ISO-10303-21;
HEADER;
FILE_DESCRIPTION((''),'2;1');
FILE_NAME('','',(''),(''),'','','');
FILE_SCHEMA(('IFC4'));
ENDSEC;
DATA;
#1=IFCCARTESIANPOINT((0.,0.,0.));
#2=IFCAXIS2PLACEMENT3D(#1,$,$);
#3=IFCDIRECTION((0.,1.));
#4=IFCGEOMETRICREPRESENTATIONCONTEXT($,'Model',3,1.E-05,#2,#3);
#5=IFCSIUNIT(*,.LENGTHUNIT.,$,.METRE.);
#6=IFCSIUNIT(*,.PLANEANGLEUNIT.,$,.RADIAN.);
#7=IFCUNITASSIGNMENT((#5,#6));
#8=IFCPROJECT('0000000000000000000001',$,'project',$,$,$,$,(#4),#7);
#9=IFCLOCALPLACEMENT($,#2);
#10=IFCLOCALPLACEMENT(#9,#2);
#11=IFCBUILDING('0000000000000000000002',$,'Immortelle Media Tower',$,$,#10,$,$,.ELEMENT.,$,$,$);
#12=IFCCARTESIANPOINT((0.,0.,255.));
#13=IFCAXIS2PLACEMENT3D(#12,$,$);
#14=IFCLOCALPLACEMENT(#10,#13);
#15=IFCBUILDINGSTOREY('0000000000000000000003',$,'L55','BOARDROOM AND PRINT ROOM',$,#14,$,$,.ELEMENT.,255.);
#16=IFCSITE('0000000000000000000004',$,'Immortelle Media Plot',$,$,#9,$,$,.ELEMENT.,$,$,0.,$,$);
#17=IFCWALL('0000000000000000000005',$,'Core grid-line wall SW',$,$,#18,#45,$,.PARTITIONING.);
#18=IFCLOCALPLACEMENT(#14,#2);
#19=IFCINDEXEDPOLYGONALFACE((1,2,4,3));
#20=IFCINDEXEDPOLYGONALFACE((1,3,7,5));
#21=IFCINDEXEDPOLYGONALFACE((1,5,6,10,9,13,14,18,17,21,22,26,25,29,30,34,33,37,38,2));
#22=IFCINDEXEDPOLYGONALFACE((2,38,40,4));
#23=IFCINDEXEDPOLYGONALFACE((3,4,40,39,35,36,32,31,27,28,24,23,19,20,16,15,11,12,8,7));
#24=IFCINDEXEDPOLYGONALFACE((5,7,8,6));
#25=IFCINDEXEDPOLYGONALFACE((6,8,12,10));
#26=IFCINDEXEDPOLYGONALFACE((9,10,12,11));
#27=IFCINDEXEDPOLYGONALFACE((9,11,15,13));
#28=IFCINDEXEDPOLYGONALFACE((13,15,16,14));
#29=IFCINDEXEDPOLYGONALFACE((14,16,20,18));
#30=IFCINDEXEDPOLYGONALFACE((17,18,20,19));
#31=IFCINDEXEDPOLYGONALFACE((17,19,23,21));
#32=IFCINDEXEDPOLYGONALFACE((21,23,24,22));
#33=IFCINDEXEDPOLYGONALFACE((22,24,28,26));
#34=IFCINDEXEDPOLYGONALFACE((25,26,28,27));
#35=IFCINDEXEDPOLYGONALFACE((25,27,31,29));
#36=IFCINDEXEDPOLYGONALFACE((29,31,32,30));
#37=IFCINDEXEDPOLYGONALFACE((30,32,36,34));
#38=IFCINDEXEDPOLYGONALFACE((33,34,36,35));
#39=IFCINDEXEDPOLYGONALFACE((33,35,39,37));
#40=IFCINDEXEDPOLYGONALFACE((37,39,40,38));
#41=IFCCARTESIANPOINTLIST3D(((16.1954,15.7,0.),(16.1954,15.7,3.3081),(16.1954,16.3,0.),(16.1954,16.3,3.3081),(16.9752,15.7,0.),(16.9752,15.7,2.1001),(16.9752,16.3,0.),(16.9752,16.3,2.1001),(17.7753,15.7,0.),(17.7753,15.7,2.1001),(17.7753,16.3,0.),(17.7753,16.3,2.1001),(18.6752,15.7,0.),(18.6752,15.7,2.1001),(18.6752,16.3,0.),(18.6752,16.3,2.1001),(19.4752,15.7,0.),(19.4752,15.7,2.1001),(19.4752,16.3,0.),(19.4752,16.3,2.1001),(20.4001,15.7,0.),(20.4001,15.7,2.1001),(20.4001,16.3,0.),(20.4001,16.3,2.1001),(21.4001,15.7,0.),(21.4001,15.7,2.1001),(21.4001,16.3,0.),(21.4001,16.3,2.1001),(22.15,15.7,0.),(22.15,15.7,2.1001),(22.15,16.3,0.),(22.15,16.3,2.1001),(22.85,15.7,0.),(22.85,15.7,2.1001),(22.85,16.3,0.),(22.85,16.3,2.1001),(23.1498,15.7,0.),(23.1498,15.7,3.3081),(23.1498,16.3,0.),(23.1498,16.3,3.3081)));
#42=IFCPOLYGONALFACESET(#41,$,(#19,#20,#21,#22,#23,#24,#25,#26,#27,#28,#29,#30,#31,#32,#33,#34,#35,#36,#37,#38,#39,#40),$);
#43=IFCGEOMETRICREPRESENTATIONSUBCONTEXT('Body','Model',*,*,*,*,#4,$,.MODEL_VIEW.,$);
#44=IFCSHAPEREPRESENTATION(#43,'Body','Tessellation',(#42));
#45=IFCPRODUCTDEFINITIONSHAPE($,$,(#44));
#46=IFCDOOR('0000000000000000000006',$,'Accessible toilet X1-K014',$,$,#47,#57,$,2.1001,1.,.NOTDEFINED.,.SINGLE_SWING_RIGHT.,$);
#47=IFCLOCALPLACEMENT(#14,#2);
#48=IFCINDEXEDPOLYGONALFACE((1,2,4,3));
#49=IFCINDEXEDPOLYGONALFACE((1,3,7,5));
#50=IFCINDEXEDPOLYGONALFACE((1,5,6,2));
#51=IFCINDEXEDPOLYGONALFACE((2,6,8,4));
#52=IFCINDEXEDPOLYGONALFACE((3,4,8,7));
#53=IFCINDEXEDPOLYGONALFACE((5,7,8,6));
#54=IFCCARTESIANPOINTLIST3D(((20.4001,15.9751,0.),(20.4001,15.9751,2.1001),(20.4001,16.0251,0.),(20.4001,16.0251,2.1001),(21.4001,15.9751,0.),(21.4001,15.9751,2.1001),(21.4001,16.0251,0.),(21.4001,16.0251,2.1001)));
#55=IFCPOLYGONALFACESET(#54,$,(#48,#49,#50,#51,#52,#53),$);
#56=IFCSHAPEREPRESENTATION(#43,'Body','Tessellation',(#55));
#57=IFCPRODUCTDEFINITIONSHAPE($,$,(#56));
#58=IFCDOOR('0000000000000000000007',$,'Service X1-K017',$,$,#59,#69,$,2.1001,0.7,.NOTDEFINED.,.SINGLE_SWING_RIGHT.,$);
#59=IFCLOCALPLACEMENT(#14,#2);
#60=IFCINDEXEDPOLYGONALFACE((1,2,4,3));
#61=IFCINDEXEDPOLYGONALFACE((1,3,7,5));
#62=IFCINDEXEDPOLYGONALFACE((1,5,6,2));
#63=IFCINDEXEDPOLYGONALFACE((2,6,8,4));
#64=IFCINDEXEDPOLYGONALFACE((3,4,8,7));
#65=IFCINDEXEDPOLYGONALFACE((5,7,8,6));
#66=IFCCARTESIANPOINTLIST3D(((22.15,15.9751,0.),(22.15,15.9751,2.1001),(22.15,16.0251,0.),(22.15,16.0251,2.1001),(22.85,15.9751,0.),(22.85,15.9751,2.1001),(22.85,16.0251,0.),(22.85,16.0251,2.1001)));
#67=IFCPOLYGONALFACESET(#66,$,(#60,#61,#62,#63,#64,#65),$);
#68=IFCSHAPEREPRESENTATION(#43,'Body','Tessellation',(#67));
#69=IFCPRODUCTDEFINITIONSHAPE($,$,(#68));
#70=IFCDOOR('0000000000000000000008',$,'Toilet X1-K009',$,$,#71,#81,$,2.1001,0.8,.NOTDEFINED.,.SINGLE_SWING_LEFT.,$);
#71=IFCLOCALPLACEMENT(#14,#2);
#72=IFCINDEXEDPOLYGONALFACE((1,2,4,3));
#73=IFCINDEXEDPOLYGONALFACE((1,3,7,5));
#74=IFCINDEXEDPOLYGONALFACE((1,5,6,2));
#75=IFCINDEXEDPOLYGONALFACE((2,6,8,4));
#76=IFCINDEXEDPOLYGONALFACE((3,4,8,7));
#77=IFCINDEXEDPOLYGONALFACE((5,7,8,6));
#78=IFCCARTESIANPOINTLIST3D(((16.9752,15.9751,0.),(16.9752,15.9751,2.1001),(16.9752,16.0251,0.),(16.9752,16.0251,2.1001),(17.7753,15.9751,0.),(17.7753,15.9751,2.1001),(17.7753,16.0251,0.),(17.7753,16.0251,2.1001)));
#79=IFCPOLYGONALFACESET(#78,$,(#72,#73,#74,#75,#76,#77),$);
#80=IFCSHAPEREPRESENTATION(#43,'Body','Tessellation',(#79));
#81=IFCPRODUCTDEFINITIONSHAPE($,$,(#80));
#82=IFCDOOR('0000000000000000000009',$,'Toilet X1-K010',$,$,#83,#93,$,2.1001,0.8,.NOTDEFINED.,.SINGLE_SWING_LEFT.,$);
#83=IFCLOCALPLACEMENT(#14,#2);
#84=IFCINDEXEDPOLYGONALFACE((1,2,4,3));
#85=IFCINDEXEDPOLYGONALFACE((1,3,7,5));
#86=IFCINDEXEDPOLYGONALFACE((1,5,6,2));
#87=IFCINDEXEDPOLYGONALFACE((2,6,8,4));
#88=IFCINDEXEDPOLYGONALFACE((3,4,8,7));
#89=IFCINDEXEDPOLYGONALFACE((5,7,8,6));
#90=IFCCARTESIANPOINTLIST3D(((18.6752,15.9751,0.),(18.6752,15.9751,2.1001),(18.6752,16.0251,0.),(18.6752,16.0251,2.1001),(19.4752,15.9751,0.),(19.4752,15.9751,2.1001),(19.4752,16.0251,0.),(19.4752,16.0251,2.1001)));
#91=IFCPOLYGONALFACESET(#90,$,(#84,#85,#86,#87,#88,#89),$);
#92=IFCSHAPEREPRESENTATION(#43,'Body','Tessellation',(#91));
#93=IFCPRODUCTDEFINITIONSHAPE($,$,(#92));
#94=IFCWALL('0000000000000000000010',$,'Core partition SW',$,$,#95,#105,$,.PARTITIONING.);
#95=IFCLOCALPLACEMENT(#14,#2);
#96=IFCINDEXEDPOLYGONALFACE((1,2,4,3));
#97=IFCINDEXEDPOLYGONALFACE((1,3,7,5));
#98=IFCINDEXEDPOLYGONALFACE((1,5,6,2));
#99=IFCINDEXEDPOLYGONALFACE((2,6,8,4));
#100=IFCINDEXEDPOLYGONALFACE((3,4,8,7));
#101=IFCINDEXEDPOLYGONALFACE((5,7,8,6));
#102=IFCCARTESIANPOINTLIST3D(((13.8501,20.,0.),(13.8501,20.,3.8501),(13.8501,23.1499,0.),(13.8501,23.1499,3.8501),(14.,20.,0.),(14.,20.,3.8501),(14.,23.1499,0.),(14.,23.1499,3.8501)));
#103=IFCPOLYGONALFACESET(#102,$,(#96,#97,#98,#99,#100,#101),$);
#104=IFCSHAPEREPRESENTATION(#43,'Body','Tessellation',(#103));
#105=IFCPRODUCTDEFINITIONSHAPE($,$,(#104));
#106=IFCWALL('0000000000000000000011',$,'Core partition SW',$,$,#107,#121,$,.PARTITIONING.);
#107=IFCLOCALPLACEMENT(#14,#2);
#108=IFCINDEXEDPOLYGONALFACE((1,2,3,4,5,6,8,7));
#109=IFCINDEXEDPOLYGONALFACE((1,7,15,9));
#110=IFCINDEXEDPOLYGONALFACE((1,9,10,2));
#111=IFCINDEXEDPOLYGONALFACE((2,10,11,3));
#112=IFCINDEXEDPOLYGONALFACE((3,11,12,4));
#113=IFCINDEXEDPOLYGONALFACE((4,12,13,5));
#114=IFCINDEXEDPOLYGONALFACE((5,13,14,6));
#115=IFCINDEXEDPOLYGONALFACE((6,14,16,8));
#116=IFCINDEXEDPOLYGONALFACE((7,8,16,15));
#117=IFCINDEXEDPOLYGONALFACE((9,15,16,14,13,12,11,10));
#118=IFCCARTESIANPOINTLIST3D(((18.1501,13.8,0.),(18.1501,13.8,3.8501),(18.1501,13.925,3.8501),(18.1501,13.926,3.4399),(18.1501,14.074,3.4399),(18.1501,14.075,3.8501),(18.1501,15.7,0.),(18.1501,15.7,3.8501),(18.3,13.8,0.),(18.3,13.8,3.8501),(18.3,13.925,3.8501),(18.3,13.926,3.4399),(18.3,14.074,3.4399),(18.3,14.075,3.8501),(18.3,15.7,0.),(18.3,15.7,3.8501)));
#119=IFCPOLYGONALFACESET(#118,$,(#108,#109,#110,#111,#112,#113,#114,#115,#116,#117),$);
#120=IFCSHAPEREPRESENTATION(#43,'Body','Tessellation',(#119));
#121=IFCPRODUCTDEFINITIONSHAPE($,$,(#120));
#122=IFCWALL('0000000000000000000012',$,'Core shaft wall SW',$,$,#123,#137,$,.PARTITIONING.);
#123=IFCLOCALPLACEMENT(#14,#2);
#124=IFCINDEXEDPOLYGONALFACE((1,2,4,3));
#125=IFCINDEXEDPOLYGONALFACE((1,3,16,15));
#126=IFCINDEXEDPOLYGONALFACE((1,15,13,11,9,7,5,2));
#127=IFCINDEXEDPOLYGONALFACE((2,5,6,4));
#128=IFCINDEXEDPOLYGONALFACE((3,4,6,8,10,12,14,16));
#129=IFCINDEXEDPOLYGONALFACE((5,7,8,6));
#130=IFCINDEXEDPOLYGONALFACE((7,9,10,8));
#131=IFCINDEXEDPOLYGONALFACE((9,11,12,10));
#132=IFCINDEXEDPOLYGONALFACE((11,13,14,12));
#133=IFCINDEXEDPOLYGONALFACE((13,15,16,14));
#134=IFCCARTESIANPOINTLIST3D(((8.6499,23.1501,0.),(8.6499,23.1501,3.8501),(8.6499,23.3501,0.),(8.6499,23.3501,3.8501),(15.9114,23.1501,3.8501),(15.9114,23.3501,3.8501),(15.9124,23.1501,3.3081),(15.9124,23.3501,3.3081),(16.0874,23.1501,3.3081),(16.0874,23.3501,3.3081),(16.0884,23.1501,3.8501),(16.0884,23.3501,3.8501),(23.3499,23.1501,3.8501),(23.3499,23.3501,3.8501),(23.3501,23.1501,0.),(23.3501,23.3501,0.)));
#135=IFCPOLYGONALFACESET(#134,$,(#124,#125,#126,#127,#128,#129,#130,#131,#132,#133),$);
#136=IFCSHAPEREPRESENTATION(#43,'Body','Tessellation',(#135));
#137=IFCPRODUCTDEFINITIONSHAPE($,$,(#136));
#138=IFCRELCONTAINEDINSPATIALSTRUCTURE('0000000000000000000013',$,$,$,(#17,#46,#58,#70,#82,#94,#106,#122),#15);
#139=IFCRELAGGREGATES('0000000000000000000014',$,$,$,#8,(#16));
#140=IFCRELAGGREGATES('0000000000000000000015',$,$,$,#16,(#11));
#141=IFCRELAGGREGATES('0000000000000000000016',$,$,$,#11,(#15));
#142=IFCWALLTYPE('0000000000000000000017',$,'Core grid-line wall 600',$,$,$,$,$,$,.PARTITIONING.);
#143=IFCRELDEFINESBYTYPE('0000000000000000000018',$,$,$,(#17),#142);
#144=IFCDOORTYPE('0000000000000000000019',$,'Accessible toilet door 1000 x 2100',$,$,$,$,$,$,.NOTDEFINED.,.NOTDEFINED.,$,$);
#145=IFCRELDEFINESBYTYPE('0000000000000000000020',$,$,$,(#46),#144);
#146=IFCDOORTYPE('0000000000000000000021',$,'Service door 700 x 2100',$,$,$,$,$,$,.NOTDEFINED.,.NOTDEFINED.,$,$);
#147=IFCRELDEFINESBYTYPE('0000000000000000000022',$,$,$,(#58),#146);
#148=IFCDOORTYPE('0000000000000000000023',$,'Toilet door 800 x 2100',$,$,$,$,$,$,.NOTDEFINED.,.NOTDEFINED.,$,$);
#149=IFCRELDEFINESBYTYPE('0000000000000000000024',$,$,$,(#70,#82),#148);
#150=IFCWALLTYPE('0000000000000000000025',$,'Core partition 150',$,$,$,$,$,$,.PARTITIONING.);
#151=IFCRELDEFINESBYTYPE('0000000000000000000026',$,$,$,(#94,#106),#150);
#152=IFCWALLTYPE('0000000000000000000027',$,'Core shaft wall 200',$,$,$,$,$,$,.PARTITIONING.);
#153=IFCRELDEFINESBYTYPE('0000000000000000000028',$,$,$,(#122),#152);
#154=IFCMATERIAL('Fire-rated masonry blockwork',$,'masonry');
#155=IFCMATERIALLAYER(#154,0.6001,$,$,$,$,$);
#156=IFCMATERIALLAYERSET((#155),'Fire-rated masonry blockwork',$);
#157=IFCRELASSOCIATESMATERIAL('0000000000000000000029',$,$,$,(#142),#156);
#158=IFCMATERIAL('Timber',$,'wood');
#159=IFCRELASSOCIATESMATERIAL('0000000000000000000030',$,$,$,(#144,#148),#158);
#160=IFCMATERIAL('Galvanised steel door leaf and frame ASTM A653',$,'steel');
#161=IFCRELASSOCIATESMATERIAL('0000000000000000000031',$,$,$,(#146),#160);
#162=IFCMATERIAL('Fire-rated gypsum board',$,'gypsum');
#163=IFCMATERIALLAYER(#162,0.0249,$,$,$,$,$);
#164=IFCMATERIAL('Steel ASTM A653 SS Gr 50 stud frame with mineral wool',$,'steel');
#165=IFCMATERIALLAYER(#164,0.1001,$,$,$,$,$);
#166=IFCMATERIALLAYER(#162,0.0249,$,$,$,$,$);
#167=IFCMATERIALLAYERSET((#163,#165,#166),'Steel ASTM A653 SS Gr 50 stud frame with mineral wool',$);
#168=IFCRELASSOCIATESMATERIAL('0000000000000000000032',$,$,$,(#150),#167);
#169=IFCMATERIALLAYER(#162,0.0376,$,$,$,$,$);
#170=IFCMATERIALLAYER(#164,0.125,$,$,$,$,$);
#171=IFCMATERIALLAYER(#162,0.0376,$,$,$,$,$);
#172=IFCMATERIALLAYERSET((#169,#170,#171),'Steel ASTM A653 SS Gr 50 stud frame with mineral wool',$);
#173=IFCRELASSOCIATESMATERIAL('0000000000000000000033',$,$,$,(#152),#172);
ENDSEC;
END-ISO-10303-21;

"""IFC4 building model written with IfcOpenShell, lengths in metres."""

from ifc_helpers import new_model, si_unit, direction, frame, frame_2d, origin, place, context, subcontext, project, spatial, polyline, rectangle, outline, extrude, material, layer, layer_set, type_object, element, fill, save


model = new_model("IFC4")

# Units and contexts
model_context = context("Model", 3, precision=1e-05, world=origin(), true_north=direction((0.0, 1.0)))
body_context = subcontext(model_context, "Body", "Model", "MODEL_VIEW")
ifc_project = project(units=[si_unit("LENGTHUNIT", "METRE"), si_unit("PLANEANGLEUNIT", "RADIAN")], contexts=[model_context])

# Site, building, storey
site_placement = place(None, origin())
site = spatial("IfcSite", under=ifc_project, at=site_placement, Name="Immortelle Media Plot", CompositionType="ELEMENT", RefElevation=0.0)
building_placement = place(site_placement, origin())
building = spatial("IfcBuilding", under=site, at=building_placement, Name="Immortelle Media Tower", CompositionType="ELEMENT")
storey_placement = place(building_placement, frame((0.0, 0.0, 255.0)))
storey = spatial("IfcBuildingStorey", under=building, at=storey_placement, Name="L55", Description="BOARDROOM AND PRINT ROOM", CompositionType="ELEMENT", Elevation=255.0)

# Wall, openings, doors
ifc_material_1 = material(Name="Fire-rated masonry blockwork", Category="masonry")
ifc_layer_1 = layer(ifc_material_1, 0.6001)
ifc_layer_set_1 = layer_set([ifc_layer_1], Name="Fire-rated masonry blockwork")
wall_type_1 = type_object("IfcWallType", Name="Core grid-line wall 600", PredefinedType="PARTITIONING", material=ifc_layer_set_1)
wall_1_placement = place(storey_placement, frame((16.1956, 16.0, 0.0), z_axis=(0.0, 0.0, 1.0), x_axis=(1.0, 0.0, 0.0)))
wall_1 = element("IfcWall", 1, at=wall_1_placement, inside=storey, type_object=wall_type_1, Name="Core grid-line wall SW", PredefinedType="PARTITIONING", context=body_context, shape_type="SweptSolid", body=[
    extrude(rectangle(XDim=6.9543, YDim=0.6001, at=frame_2d((3.4771, 0.0))), origin(), (0.0, 0.0, 1.0), 3.3081),
])
opening_1_placement = place(wall_1_placement, frame((1.5796, 0.0, 0.0), z_axis=(0.0, 0.0, 1.0), x_axis=(-1.0, 0.0, 0.0)))
opening_1 = element("IfcOpeningElement", 2, at=opening_1_placement, cuts=wall_1, PredefinedType="OPENING", context=body_context, shape_type="SweptSolid", body=[
    extrude(rectangle(XDim=0.8, YDim=2.1001, at=frame_2d((0.3999, 1.05))), frame((0.0, 0.3101, 0.0), z_axis=(0.0, -1.0, 0.0), x_axis=(1.0, 0.0, 0.0)), (0.0, 0.0, 1.0), 0.6201),
])
opening_2_placement = place(wall_1_placement, frame((3.2795, 0.0, 0.0), z_axis=(0.0, 0.0, 1.0), x_axis=(-1.0, 0.0, 0.0)))
opening_2 = element("IfcOpeningElement", 3, at=opening_2_placement, cuts=wall_1, PredefinedType="OPENING", context=body_context, shape_type="SweptSolid", body=[
    extrude(rectangle(XDim=0.8, YDim=2.1001, at=frame_2d((0.3999, 1.05))), frame((0.0, 0.3101, 0.0), z_axis=(0.0, -1.0, 0.0), x_axis=(1.0, 0.0, 0.0)), (0.0, 0.0, 1.0), 0.6201),
])
opening_3_placement = place(wall_1_placement, frame((5.2046, 0.0, 0.0), z_axis=(0.0, 0.0, 1.0), x_axis=(-1.0, 0.0, 0.0)))
opening_3 = element("IfcOpeningElement", 4, at=opening_3_placement, cuts=wall_1, PredefinedType="OPENING", context=body_context, shape_type="SweptSolid", body=[
    extrude(rectangle(XDim=1.0, YDim=2.1001, at=frame_2d((0.5, 1.05))), frame((0.0, 0.3101, 0.0), z_axis=(0.0, -1.0, 0.0), x_axis=(1.0, 0.0, 0.0)), (0.0, 0.0, 1.0), 0.6201),
])
opening_4_placement = place(wall_1_placement, frame((6.6545, 0.0, 0.0), z_axis=(0.0, 0.0, 1.0), x_axis=(-1.0, 0.0, 0.0)))
opening_4 = element("IfcOpeningElement", 5, at=opening_4_placement, cuts=wall_1, PredefinedType="OPENING", context=body_context, shape_type="SweptSolid", body=[
    extrude(rectangle(XDim=0.7, YDim=2.1001, at=frame_2d((0.3501, 1.05))), frame((0.0, 0.3101, 0.0), z_axis=(0.0, -1.0, 0.0), x_axis=(1.0, 0.0, 0.0)), (0.0, 0.0, 1.0), 0.6201),
])
ifc_material_2 = material(Name="Timber", Category="wood")
door_type_1 = type_object("IfcDoorType", Name="Accessible toilet door 1000 x 2100", OperationType="NOTDEFINED", PredefinedType="NOTDEFINED", material=ifc_material_2)
door_1_placement = place(opening_3_placement, origin())
door_1 = element("IfcDoor", 6, at=door_1_placement, inside=storey, type_object=door_type_1, Name="Accessible toilet X1-K014", OperationType="SINGLE_SWING_RIGHT", OverallHeight=2.1001, OverallWidth=1.0, PredefinedType="NOTDEFINED", context=body_context, shape_type="SweptSolid", body=[
    extrude(rectangle(XDim=1.0, YDim=2.1001, at=frame_2d((0.5, 1.05))), frame((0.0, 0.0249, 0.0), z_axis=(0.0, -1.0, 0.0), x_axis=(1.0, 0.0, 0.0)), (0.0, 0.0, 1.0), 0.05),
])
fill(opening_3, door_1)
ifc_material_3 = material(Name="Galvanised steel door leaf and frame ASTM A653", Category="steel")
door_type_2 = type_object("IfcDoorType", Name="Service door 700 x 2100", OperationType="NOTDEFINED", PredefinedType="NOTDEFINED", material=ifc_material_3)
door_2_placement = place(opening_4_placement, origin())
door_2 = element("IfcDoor", 7, at=door_2_placement, inside=storey, type_object=door_type_2, Name="Service X1-K017", OperationType="SINGLE_SWING_RIGHT", OverallHeight=2.1001, OverallWidth=0.7, PredefinedType="NOTDEFINED", context=body_context, shape_type="SweptSolid", body=[
    extrude(rectangle(XDim=0.7, YDim=2.1001, at=frame_2d((0.3501, 1.05))), frame((0.0, 0.0249, 0.0), z_axis=(0.0, -1.0, 0.0), x_axis=(1.0, 0.0, 0.0)), (0.0, 0.0, 1.0), 0.05),
])
fill(opening_4, door_2)
door_type_3 = type_object("IfcDoorType", Name="Toilet door 800 x 2100", OperationType="NOTDEFINED", PredefinedType="NOTDEFINED", material=ifc_material_2)
door_3_placement = place(opening_1_placement, origin())
door_3 = element("IfcDoor", 8, at=door_3_placement, inside=storey, type_object=door_type_3, Name="Toilet X1-K009", OperationType="SINGLE_SWING_LEFT", OverallHeight=2.1001, OverallWidth=0.8, PredefinedType="NOTDEFINED", context=body_context, shape_type="SweptSolid", body=[
    extrude(rectangle(XDim=0.8, YDim=2.1001, at=frame_2d((0.3999, 1.05))), frame((0.0, 0.0249, 0.0), z_axis=(0.0, -1.0, 0.0), x_axis=(1.0, 0.0, 0.0)), (0.0, 0.0, 1.0), 0.05),
])
fill(opening_1, door_3)
door_4_placement = place(opening_2_placement, origin())
door_4 = element("IfcDoor", 9, at=door_4_placement, inside=storey, type_object=door_type_3, Name="Toilet X1-K010", OperationType="SINGLE_SWING_LEFT", OverallHeight=2.1001, OverallWidth=0.8, PredefinedType="NOTDEFINED", context=body_context, shape_type="SweptSolid", body=[
    extrude(rectangle(XDim=0.8, YDim=2.1001, at=frame_2d((0.3999, 1.05))), frame((0.0, 0.0249, 0.0), z_axis=(0.0, -1.0, 0.0), x_axis=(1.0, 0.0, 0.0)), (0.0, 0.0, 1.0), 0.05),
])
fill(opening_2, door_4)

# Walls
ifc_material_4 = material(Name="Fire-rated gypsum board", Category="gypsum")
ifc_layer_2 = layer(ifc_material_4, 0.0249)
ifc_material_5 = material(Name="Steel ASTM A653 SS Gr 50 stud frame with mineral wool", Category="steel")
ifc_layer_3 = layer(ifc_material_5, 0.1001)
ifc_layer_4 = layer(ifc_material_4, 0.0249)
ifc_layer_set_2 = layer_set([ifc_layer_2, ifc_layer_3, ifc_layer_4], Name="Steel ASTM A653 SS Gr 50 stud frame with mineral wool")
wall_type_2 = type_object("IfcWallType", Name="Core partition 150", PredefinedType="PARTITIONING", material=ifc_layer_set_2)
wall_2_placement = place(storey_placement, frame((13.925, 20.0, 0.0), z_axis=(0.0, 0.0, 1.0), x_axis=(0.0, 1.0, 0.0)))
element("IfcWall", 10, at=wall_2_placement, inside=storey, type_object=wall_type_2, Name="Core partition SW", PredefinedType="PARTITIONING", context=body_context, shape_type="SweptSolid", body=[
    extrude(rectangle(XDim=3.1499, YDim=0.1499, at=frame_2d((1.575, 0.0))), origin(), (0.0, 0.0, 1.0), 3.8501),
])
wall_3_placement = place(storey_placement, frame((18.2251, 13.8, 0.0), z_axis=(0.0, 0.0, 1.0), x_axis=(0.0, 1.0, 0.0)))
element("IfcWall", 11, at=wall_3_placement, inside=storey, type_object=wall_type_2, Name="Core partition SW", PredefinedType="PARTITIONING", context=body_context, shape_type="SweptSolid", body=[
    extrude(outline(polyline([(0.0, 0.0), (1.8999, 0.0), (1.8999, 3.8501), (0.2749, 3.8501), (0.2739, 3.4399), (0.126, 3.4399), (0.125, 3.8501), (0.0, 3.8501), (0.0, 0.0)])), frame((0.0, 0.075, 0.0), z_axis=(0.0, -1.0, 0.0), x_axis=(1.0, 0.0, 0.0)), (0.0, 0.0, 1.0), 0.1499),
])
ifc_layer_5 = layer(ifc_material_4, 0.0376)
ifc_layer_6 = layer(ifc_material_5, 0.125)
ifc_layer_7 = layer(ifc_material_4, 0.0376)
ifc_layer_set_3 = layer_set([ifc_layer_5, ifc_layer_6, ifc_layer_7], Name="Steel ASTM A653 SS Gr 50 stud frame with mineral wool")
wall_type_3 = type_object("IfcWallType", Name="Core shaft wall 200", PredefinedType="PARTITIONING", material=ifc_layer_set_3)
wall_4_placement = place(storey_placement, frame((8.6499, 23.25, 0.0), z_axis=(0.0, 0.0, 1.0), x_axis=(1.0, 0.0, 0.0)))
element("IfcWall", 12, at=wall_4_placement, inside=storey, type_object=wall_type_3, Name="Core shaft wall SW", PredefinedType="PARTITIONING", context=body_context, shape_type="SweptSolid", body=[
    extrude(outline(polyline([(0.0, 0.0), (14.7002, 0.0), (14.7, 3.8501), (7.4385, 3.8501), (7.4375, 3.3081), (7.2625, 3.3081), (7.2615, 3.8501), (0.0, 3.8501), (0.0, 0.0)])), frame((0.0, 0.1001, 0.0), z_axis=(0.0, -1.0, 0.0), x_axis=(1.0, 0.0, 0.0)), (0.0, 0.0, 1.0), 0.2),
])

save(model, "model.ifc")
